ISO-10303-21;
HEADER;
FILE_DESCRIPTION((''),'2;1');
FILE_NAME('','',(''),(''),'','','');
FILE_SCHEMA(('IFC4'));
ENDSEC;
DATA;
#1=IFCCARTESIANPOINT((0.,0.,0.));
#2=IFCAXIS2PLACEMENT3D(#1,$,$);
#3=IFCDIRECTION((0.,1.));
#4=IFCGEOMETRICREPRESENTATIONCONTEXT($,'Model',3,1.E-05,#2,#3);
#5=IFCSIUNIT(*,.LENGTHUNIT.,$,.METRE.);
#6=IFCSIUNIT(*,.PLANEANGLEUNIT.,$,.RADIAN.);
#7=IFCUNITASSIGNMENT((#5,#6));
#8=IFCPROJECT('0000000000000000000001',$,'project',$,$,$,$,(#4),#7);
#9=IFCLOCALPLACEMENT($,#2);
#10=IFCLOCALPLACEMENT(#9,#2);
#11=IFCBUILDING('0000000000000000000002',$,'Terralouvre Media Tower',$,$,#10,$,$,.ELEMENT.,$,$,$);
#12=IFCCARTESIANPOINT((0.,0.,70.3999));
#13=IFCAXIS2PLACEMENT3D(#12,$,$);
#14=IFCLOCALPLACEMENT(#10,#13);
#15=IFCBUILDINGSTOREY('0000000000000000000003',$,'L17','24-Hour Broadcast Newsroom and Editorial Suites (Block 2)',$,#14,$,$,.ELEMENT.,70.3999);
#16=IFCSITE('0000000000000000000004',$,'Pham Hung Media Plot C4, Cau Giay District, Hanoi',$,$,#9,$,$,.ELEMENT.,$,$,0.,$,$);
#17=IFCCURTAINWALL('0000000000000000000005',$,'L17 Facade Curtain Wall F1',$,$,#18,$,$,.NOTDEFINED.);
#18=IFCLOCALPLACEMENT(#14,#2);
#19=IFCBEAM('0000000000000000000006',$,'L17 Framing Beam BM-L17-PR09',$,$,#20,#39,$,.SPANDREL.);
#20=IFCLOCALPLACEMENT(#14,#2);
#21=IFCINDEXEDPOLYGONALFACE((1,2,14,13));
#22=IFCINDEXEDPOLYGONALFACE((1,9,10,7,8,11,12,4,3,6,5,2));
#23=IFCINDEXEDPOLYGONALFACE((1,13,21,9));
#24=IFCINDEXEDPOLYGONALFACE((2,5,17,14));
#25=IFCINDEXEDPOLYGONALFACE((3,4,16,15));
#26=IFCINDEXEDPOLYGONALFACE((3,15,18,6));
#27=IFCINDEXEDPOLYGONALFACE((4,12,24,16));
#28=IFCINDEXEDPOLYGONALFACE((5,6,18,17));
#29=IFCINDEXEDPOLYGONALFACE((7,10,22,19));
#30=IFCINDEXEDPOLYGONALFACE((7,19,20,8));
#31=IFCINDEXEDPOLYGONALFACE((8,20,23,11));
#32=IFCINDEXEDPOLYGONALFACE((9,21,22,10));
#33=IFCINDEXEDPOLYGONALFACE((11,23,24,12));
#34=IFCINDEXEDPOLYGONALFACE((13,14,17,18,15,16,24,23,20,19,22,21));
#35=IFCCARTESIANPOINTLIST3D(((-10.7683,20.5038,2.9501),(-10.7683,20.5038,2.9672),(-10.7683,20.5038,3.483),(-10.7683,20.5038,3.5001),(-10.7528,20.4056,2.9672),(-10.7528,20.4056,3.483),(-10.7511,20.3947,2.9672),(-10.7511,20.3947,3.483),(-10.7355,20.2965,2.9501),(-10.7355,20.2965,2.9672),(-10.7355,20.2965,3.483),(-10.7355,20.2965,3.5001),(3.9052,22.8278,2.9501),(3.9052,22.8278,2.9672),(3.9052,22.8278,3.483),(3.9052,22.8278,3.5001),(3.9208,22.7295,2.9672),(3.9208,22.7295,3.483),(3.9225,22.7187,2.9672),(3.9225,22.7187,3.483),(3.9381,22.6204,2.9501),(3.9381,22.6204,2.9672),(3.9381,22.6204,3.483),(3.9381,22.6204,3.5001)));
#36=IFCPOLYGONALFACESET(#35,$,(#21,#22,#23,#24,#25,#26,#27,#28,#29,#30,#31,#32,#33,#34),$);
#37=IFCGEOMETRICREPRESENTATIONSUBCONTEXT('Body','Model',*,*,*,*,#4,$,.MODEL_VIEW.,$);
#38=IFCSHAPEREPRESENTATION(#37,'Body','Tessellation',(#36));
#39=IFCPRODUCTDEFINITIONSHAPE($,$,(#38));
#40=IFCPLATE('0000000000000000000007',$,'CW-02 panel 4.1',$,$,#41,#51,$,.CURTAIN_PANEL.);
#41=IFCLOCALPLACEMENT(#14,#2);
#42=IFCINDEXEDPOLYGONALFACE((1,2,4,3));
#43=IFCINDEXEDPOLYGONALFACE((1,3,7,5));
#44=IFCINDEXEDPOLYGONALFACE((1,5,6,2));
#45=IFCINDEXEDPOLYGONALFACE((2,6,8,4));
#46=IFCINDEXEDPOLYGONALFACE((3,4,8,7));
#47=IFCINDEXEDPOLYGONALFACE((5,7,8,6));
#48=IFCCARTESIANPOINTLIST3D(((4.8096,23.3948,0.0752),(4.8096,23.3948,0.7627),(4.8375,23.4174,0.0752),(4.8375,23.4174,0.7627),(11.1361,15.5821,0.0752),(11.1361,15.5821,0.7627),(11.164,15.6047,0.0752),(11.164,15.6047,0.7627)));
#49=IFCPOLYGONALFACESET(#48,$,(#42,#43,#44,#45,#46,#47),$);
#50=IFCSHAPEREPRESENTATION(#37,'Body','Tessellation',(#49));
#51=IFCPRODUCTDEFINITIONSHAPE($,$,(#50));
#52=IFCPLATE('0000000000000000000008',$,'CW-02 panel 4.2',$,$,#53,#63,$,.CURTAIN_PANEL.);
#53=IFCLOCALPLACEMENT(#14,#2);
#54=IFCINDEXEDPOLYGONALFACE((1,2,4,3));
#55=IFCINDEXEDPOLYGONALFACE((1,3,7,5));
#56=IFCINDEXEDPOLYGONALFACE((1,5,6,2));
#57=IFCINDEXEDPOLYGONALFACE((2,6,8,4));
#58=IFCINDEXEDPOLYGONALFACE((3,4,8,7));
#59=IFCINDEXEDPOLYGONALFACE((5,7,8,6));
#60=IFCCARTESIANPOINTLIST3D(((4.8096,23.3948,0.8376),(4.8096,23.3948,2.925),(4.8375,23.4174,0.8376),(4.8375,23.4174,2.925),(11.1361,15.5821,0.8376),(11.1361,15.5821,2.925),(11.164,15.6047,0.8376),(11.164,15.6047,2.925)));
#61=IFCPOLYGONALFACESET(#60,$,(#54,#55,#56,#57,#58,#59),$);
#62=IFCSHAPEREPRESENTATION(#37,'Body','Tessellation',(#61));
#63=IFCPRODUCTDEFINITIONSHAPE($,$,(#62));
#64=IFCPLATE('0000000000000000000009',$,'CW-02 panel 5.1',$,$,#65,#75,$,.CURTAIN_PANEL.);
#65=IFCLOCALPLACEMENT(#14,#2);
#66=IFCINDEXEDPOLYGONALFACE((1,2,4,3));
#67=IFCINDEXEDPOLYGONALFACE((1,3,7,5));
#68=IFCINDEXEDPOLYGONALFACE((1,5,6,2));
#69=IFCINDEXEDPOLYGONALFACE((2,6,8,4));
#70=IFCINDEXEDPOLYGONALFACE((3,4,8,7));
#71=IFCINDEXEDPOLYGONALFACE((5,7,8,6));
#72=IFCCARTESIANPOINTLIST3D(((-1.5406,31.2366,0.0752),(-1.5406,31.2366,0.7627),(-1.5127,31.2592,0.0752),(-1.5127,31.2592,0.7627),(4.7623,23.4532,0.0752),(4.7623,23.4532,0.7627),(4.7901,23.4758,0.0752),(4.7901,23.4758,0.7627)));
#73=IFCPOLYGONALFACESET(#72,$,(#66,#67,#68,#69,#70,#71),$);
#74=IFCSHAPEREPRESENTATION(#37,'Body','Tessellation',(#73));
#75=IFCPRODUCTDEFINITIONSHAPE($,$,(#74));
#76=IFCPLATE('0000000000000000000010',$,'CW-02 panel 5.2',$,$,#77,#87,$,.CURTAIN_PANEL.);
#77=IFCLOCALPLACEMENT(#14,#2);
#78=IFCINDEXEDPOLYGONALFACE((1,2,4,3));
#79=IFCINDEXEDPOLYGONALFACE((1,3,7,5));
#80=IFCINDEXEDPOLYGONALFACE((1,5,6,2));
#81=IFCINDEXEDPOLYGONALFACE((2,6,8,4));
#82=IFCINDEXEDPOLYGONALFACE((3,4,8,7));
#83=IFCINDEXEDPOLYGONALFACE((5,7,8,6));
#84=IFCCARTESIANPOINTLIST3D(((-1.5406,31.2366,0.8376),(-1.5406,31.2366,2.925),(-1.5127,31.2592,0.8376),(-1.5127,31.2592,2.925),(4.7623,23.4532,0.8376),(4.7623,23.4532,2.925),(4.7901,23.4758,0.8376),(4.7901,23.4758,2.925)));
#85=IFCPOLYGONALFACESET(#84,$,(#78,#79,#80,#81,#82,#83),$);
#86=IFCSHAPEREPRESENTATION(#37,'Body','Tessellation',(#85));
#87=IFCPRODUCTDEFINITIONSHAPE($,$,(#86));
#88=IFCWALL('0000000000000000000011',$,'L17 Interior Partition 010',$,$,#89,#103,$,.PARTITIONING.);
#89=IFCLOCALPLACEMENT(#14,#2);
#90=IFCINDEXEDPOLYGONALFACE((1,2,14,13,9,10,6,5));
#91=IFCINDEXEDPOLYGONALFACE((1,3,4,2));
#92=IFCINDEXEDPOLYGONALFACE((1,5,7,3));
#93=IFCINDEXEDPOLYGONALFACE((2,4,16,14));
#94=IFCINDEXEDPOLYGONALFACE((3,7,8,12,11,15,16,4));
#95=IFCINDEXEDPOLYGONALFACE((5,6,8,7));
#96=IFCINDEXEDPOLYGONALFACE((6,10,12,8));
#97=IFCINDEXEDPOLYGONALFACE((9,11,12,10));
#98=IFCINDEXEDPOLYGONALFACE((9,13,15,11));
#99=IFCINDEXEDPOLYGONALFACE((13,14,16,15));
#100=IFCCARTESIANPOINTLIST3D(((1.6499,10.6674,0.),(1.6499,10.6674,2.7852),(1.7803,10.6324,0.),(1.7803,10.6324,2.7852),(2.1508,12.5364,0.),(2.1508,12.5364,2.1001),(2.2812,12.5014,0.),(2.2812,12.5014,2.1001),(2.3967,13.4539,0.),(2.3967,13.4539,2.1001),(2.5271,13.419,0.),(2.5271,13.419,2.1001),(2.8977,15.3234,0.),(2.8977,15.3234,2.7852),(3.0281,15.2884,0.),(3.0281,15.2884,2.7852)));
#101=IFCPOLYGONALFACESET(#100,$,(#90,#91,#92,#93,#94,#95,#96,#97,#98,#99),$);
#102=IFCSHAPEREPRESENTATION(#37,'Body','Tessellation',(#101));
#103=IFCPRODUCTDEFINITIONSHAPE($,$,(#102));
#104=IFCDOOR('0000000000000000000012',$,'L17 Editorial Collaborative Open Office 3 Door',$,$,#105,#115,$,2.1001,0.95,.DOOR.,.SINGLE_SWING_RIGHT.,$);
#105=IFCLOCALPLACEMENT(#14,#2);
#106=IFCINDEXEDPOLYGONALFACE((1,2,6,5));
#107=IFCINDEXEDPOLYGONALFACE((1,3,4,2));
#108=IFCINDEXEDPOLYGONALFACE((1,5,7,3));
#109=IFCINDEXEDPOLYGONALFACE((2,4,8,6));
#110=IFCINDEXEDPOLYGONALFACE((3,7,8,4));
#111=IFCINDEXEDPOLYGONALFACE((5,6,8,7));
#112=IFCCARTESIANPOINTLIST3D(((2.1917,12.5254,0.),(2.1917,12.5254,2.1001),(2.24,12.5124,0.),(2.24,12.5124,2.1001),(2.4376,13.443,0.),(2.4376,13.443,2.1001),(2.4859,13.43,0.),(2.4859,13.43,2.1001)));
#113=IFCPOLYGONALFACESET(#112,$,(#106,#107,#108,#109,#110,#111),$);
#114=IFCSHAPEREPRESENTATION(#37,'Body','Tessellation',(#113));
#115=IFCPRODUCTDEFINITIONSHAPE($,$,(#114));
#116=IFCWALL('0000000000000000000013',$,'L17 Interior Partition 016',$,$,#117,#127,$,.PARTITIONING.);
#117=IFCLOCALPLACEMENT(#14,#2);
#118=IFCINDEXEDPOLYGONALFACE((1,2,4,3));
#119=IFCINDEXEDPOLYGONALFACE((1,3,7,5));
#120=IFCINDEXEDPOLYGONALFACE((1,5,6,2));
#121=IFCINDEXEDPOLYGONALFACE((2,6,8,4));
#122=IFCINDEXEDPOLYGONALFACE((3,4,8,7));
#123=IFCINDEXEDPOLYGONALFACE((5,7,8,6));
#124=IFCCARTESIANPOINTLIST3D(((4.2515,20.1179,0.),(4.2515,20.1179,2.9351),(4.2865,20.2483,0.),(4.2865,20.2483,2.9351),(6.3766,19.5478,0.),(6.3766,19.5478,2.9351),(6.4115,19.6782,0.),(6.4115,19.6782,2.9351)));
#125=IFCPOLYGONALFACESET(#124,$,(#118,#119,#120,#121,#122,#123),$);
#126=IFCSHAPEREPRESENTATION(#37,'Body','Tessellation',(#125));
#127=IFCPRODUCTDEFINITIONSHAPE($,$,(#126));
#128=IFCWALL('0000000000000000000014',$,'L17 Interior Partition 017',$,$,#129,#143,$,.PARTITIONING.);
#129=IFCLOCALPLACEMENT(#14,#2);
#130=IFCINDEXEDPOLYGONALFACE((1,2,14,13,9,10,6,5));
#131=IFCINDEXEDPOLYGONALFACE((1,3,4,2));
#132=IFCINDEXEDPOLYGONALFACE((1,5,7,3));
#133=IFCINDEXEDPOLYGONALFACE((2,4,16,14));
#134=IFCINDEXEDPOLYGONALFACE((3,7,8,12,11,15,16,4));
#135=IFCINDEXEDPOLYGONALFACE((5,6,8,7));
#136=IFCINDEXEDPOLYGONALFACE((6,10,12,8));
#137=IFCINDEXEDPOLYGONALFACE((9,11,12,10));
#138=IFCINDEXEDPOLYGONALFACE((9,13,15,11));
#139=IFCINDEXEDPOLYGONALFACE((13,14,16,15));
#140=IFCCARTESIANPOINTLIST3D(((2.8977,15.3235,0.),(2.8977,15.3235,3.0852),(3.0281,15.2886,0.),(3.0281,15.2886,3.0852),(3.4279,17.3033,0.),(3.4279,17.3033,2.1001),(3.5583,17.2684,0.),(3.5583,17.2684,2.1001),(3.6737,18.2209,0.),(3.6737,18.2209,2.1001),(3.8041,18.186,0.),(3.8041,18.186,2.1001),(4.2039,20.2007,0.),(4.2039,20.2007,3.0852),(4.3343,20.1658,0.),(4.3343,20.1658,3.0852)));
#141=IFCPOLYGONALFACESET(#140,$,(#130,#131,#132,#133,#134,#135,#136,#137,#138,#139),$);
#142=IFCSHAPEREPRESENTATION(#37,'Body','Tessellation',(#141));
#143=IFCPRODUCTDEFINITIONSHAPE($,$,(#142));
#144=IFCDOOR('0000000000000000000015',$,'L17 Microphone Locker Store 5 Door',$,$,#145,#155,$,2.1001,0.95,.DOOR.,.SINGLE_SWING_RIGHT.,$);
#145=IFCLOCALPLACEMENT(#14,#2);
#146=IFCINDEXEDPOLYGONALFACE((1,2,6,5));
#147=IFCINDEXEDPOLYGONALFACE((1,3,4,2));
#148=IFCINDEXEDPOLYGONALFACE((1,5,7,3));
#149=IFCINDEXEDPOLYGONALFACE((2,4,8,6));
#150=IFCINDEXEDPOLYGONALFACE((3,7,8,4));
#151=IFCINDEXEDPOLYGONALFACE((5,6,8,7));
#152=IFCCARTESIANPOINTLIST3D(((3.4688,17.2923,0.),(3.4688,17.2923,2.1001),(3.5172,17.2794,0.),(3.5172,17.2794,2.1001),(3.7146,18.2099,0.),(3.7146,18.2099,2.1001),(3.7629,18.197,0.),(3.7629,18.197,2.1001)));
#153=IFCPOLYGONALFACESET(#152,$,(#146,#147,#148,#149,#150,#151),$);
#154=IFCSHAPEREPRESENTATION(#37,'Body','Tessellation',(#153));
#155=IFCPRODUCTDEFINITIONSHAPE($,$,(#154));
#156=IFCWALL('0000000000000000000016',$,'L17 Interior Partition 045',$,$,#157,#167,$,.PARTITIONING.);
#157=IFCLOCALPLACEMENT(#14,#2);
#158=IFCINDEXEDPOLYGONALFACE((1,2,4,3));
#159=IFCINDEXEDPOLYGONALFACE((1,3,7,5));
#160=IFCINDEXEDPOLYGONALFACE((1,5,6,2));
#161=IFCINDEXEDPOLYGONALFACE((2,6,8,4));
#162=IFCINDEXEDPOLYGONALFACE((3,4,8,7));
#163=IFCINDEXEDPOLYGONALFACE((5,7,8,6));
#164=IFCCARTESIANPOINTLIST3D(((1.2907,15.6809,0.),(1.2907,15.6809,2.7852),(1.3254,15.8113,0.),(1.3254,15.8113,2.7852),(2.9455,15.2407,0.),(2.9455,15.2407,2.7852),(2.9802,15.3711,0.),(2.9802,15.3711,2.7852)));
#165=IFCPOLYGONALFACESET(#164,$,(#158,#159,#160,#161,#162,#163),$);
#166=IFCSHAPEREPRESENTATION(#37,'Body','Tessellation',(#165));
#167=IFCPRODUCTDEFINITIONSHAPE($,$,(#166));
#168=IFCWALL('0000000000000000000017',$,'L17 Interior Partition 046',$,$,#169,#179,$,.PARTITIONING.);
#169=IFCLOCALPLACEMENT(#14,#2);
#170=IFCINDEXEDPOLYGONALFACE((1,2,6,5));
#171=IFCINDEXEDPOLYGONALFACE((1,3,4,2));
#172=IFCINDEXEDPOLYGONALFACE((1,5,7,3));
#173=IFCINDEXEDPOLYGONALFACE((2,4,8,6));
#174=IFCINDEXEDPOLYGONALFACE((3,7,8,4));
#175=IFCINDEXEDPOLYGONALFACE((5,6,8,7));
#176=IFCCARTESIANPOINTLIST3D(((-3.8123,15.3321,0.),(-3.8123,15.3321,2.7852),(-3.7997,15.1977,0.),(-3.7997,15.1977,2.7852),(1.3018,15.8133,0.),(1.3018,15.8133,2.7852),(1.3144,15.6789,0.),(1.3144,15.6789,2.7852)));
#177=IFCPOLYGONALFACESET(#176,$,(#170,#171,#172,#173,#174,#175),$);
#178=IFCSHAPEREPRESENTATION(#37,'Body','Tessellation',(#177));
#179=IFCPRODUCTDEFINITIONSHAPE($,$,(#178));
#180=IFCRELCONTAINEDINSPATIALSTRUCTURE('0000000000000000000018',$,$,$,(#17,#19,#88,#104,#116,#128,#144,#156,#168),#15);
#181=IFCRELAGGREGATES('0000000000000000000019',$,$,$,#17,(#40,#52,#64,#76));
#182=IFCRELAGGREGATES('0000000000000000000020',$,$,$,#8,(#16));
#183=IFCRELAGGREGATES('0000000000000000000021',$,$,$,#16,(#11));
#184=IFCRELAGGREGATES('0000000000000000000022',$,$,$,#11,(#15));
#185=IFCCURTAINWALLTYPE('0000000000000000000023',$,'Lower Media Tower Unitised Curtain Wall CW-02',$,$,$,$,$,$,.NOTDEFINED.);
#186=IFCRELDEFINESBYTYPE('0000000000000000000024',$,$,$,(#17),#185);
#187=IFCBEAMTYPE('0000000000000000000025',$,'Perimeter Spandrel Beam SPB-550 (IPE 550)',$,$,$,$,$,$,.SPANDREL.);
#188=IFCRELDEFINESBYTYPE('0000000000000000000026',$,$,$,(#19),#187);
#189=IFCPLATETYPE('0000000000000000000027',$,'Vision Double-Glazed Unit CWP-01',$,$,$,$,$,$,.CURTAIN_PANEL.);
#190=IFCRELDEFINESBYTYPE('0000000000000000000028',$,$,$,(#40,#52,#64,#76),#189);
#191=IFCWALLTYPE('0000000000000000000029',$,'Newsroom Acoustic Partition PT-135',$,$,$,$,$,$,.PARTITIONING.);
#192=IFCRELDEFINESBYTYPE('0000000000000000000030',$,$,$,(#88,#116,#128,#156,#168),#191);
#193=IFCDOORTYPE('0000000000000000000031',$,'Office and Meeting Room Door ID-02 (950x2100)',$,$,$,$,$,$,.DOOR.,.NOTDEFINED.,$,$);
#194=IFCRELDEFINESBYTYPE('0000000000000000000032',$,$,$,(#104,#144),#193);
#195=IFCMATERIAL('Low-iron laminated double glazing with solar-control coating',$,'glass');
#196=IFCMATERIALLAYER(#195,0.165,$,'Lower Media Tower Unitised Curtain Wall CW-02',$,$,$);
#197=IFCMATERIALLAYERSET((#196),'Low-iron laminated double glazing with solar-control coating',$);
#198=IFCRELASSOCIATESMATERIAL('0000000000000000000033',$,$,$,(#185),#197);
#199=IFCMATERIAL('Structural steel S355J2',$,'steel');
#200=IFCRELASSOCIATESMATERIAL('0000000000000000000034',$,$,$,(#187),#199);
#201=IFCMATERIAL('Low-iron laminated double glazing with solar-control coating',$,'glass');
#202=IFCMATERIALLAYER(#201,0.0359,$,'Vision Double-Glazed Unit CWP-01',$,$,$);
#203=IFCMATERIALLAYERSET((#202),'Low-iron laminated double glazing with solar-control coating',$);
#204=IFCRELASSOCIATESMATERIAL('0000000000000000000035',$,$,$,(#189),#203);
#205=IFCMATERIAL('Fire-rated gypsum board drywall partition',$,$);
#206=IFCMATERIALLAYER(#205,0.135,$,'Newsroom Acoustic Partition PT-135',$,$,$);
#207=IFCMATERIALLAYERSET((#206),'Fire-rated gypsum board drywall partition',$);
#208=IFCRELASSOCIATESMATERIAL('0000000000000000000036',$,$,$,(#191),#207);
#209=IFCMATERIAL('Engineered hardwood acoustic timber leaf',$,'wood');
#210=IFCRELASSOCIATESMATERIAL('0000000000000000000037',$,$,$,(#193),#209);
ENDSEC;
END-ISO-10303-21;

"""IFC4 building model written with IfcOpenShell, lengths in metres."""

from ifc_helpers import new_model, si_unit, direction, frame, frame_2d, origin, origin_2d, place, context, subcontext, project, spatial, rectangle, i_section, extrude, material, layer, layer_set, material_profile, profile_set, type_object, element, fill, aggregate, save


model = new_model("IFC4")

# Units and contexts
model_context = context("Model", 3, precision=1e-05, world=origin(), true_north=direction((0.0, 1.0)))
body_context = subcontext(model_context, "Body", "Model", "MODEL_VIEW")
ifc_project = project(units=[si_unit("LENGTHUNIT", "METRE"), si_unit("PLANEANGLEUNIT", "RADIAN")], contexts=[model_context])

# Site, building, storey
site_placement = place(None, origin())
site = spatial("IfcSite", under=ifc_project, at=site_placement, Name="Pham Hung Media Plot C4, Cau Giay District, Hanoi", CompositionType="ELEMENT", RefElevation=0.0)
building_placement = place(site_placement, origin())
building = spatial("IfcBuilding", under=site, at=building_placement, Name="Terralouvre Media Tower", CompositionType="ELEMENT")
storey_placement = place(building_placement, frame((0.0, 0.0, 70.3999)))
storey = spatial("IfcBuildingStorey", under=building, at=storey_placement, Name="L17", Description="24-Hour Broadcast Newsroom and Editorial Suites (Block 2)", CompositionType="ELEMENT", Elevation=70.3999)

# Curtain wall
ifc_material_1 = material(Name="Low-iron laminated double glazing with solar-control coating", Category="glass")
ifc_layer_1 = layer(ifc_material_1, 0.165, Name="Lower Media Tower Unitised Curtain Wall CW-02")
ifc_layer_set_1 = layer_set([ifc_layer_1], Name="Low-iron laminated double glazing with solar-control coating")
curtain_wall_type = type_object("IfcCurtainWallType", Name="Lower Media Tower Unitised Curtain Wall CW-02", PredefinedType="NOTDEFINED", material=ifc_layer_set_1)
curtain_wall_placement = place(storey_placement, origin())
curtain_wall = element("IfcCurtainWall", 1, at=curtain_wall_placement, inside=storey, type_object=curtain_wall_type, Name="L17 Facade Curtain Wall F1", PredefinedType="NOTDEFINED")

# Beam
ifc_material_2 = material(Name="Structural steel S355J2", Category="steel")
ifc_material_profile_1 = material_profile(ifc_material_2, i_section(OverallWidth=0.21, OverallDepth=0.55, WebThickness=0.011, FlangeThickness=0.0171, at=origin_2d()), Name="IPE 550")
ifc_profile_set_1 = profile_set([ifc_material_profile_1], Name="Structural steel S355J2")
beam_type_1 = type_object("IfcBeamType", Name="Perimeter Spandrel Beam SPB-550 (IPE 550)", PredefinedType="SPANDREL", material=ifc_profile_set_1)
beam_1_placement = place(storey_placement, frame((3.9216, 22.7241, 3.2251), z_axis=(-0.987689, -0.156428, 0.0), x_axis=(0.156428, -0.987689, 0.0)))
element("IfcBeam", 2, at=beam_1_placement, inside=storey, type_object=beam_type_1, Name="L17 Framing Beam BM-L17-PR09", PredefinedType="SPANDREL", context=body_context, shape_type="SweptSolid", body=[
    extrude(i_section(OverallWidth=0.21, OverallDepth=0.55, WebThickness=0.011, FlangeThickness=0.0171, at=origin_2d()), origin(), (0.0, 0.0, 1.0), 14.8564),
])

# Plates
ifc_material_3 = material(Name="Low-iron laminated double glazing with solar-control coating", Category="glass")
ifc_layer_2 = layer(ifc_material_3, 0.0359, Name="Vision Double-Glazed Unit CWP-01")
ifc_layer_set_2 = layer_set([ifc_layer_2], Name="Low-iron laminated double glazing with solar-control coating")
plate_type = type_object("IfcPlateType", Name="Vision Double-Glazed Unit CWP-01", PredefinedType="CURTAIN_PANEL", material=ifc_layer_set_2)
plate_1_placement = place(storey_placement, frame((7.9868, 19.4998, 0.0752), z_axis=(0.0, 0.0, 1.0), x_axis=(-0.62932, 0.777146, 0.0)))
plate_1 = element("IfcPlate", 3, at=plate_1_placement, type_object=plate_type, Name="CW-02 panel 4.1", PredefinedType="CURTAIN_PANEL", context=body_context, shape_type="SweptSolid", body=[
    extrude(rectangle(XDim=10.053, YDim=0.0359, at=origin_2d()), origin(), (0.0, 0.0, 1.0), 0.6875),
])
plate_2_placement = place(storey_placement, frame((7.9868, 19.4998, 0.8376), z_axis=(0.0, 0.0, 1.0), x_axis=(-0.62932, 0.777146, 0.0)))
plate_2 = element("IfcPlate", 4, at=plate_2_placement, type_object=plate_type, Name="CW-02 panel 4.2", PredefinedType="CURTAIN_PANEL", context=body_context, shape_type="SweptSolid", body=[
    extrude(rectangle(XDim=10.053, YDim=0.0359, at=origin_2d()), origin(), (0.0, 0.0, 1.0), 2.0874),
])
plate_3_placement = place(storey_placement, frame((1.6248, 27.3562, 0.0752), z_axis=(0.0, 0.0, 1.0), x_axis=(-0.62932, 0.777146, 0.0)))
plate_3 = element("IfcPlate", 5, at=plate_3_placement, type_object=plate_type, Name="CW-02 panel 5.1", PredefinedType="CURTAIN_PANEL", context=body_context, shape_type="SweptSolid", body=[
    extrude(rectangle(XDim=10.0154, YDim=0.0359, at=origin_2d()), origin(), (0.0, 0.0, 1.0), 0.6875),
])
plate_4_placement = place(storey_placement, frame((1.6248, 27.3562, 0.8376), z_axis=(0.0, 0.0, 1.0), x_axis=(-0.62932, 0.777146, 0.0)))
plate_4 = element("IfcPlate", 6, at=plate_4_placement, type_object=plate_type, Name="CW-02 panel 5.2", PredefinedType="CURTAIN_PANEL", context=body_context, shape_type="SweptSolid", body=[
    extrude(rectangle(XDim=10.0154, YDim=0.0359, at=origin_2d()), origin(), (0.0, 0.0, 1.0), 2.0874),
])
aggregate(curtain_wall, [plate_1, plate_2, plate_3, plate_4])

# Wall, opening, door
ifc_material_4 = material(Name="Fire-rated gypsum board drywall partition")
ifc_layer_3 = layer(ifc_material_4, 0.135, Name="Newsroom Acoustic Partition PT-135")
ifc_layer_set_3 = layer_set([ifc_layer_3], Name="Fire-rated gypsum board drywall partition")
wall_type = type_object("IfcWallType", Name="Newsroom Acoustic Partition PT-135", PredefinedType="PARTITIONING", material=ifc_layer_set_3)
wall_1_placement = place(storey_placement, frame((2.9629, 15.3059, 0.0), z_axis=(0.0, 0.0, 1.0), x_axis=(-0.258864, -0.965914, 0.0)))
wall_1 = element("IfcWall", 7, at=wall_1_placement, inside=storey, type_object=wall_type, Name="L17 Interior Partition 010", PredefinedType="PARTITIONING", context=body_context, shape_type="SweptSolid", body=[
    extrude(rectangle(XDim=4.8203, YDim=0.135, at=frame_2d((2.4102, 0.0))), origin(), (0.0, 0.0, 1.0), 2.7852),
])
opening_1_placement = place(wall_1_placement, frame((1.9353, 0.0, 0.0)))
opening_1 = element("IfcOpeningElement", 8, at=opening_1_placement, cuts=wall_1, PredefinedType="OPENING", context=body_context, shape_type="SweptSolid", body=[
    extrude(rectangle(XDim=0.95, YDim=2.1001, at=frame_2d((0.4751, 1.05))), frame((0.0, 0.0774, 0.0), z_axis=(0.0, -1.0, 0.0), x_axis=(1.0, 0.0, 0.0)), (0.0, 0.0, 1.0), 0.155),
])
ifc_material_5 = material(Name="Engineered hardwood acoustic timber leaf", Category="wood")
door_type = type_object("IfcDoorType", Name="Office and Meeting Room Door ID-02 (950x2100)", OperationType="NOTDEFINED", PredefinedType="DOOR", material=ifc_material_5)
door_1_placement = place(opening_1_placement, origin())
door_1 = element("IfcDoor", 9, at=door_1_placement, inside=storey, type_object=door_type, Name="L17 Editorial Collaborative Open Office 3 Door", OperationType="SINGLE_SWING_RIGHT", OverallHeight=2.1001, OverallWidth=0.95, PredefinedType="DOOR", context=body_context, shape_type="SweptSolid", body=[
    extrude(rectangle(XDim=0.95, YDim=2.1001, at=frame_2d((0.4751, 1.05))), frame((0.0, 0.0249, 0.0), z_axis=(0.0, -1.0, 0.0), x_axis=(1.0, 0.0, 0.0)), (0.0, 0.0, 1.0), 0.05),
])
fill(opening_1, door_1)

# Wall
wall_2_placement = place(storey_placement, frame((6.394, 19.613, 0.0), z_axis=(0.0, 0.0, 1.0), x_axis=(-0.965849, 0.259106, 0.0)))
element("IfcWall", 10, at=wall_2_placement, inside=storey, type_object=wall_type, Name="L17 Interior Partition 016", PredefinedType="PARTITIONING", context=body_context, shape_type="SweptSolid", body=[
    extrude(rectangle(XDim=2.2002, YDim=0.135, at=frame_2d((1.1001, 0.0))), origin(), (0.0, 0.0, 1.0), 2.9351),
])

# Wall, opening, door
wall_3_placement = place(storey_placement, frame((4.269, 20.1831, 0.0), z_axis=(0.0, 0.0, 1.0), x_axis=(-0.258692, -0.96596, 0.0)))
wall_3 = element("IfcWall", 11, at=wall_3_placement, inside=storey, type_object=wall_type, Name="L17 Interior Partition 017", PredefinedType="PARTITIONING", context=body_context, shape_type="SweptSolid", body=[
    extrude(rectangle(XDim=5.0491, YDim=0.135, at=frame_2d((2.5244, 0.0))), origin(), (0.0, 0.0, 1.0), 3.0852),
])
opening_2_placement = place(wall_3_placement, frame((2.0493, 0.0, 0.0)))
opening_2 = element("IfcOpeningElement", 12, at=opening_2_placement, cuts=wall_3, PredefinedType="OPENING", context=body_context, shape_type="SweptSolid", body=[
    extrude(rectangle(XDim=0.95, YDim=2.1001, at=frame_2d((0.4751, 1.05))), frame((0.0, 0.0774, 0.0), z_axis=(0.0, -1.0, 0.0), x_axis=(1.0, 0.0, 0.0)), (0.0, 0.0, 1.0), 0.155),
])
door_2_placement = place(opening_2_placement, origin())
door_2 = element("IfcDoor", 13, at=door_2_placement, inside=storey, type_object=door_type, Name="L17 Microphone Locker Store 5 Door", OperationType="SINGLE_SWING_RIGHT", OverallHeight=2.1001, OverallWidth=0.95, PredefinedType="DOOR", context=body_context, shape_type="SweptSolid", body=[
    extrude(rectangle(XDim=0.95, YDim=2.1001, at=frame_2d((0.4751, 1.05))), frame((0.0, 0.0249, 0.0), z_axis=(0.0, -1.0, 0.0), x_axis=(1.0, 0.0, 0.0)), (0.0, 0.0, 1.0), 0.05),
])
fill(opening_2, door_2)

# Walls
wall_4_placement = place(storey_placement, frame((2.9629, 15.3059, 0.0), z_axis=(0.0, 0.0, 1.0), x_axis=(-0.966393, 0.257068, 0.0)))
element("IfcWall", 14, at=wall_4_placement, inside=storey, type_object=wall_type, Name="L17 Interior Partition 045", PredefinedType="PARTITIONING", context=body_context, shape_type="SweptSolid", body=[
    extrude(rectangle(XDim=1.7124, YDim=0.135, at=frame_2d((0.8562, 0.0))), origin(), (0.0, 0.0, 1.0), 2.7852),
])
wall_5_placement = place(storey_placement, frame((1.3081, 15.7461, 0.0), z_axis=(0.0, 0.0, 1.0), x_axis=(-0.995602, -0.093681, 0.0)))
element("IfcWall", 15, at=wall_5_placement, inside=storey, type_object=wall_type, Name="L17 Interior Partition 046", PredefinedType="PARTITIONING", context=body_context, shape_type="SweptSolid", body=[
    extrude(rectangle(XDim=5.1367, YDim=0.135, at=frame_2d((2.5684, 0.0))), origin(), (0.0, 0.0, 1.0), 2.7852),
])

save(model, "model.ifc")
